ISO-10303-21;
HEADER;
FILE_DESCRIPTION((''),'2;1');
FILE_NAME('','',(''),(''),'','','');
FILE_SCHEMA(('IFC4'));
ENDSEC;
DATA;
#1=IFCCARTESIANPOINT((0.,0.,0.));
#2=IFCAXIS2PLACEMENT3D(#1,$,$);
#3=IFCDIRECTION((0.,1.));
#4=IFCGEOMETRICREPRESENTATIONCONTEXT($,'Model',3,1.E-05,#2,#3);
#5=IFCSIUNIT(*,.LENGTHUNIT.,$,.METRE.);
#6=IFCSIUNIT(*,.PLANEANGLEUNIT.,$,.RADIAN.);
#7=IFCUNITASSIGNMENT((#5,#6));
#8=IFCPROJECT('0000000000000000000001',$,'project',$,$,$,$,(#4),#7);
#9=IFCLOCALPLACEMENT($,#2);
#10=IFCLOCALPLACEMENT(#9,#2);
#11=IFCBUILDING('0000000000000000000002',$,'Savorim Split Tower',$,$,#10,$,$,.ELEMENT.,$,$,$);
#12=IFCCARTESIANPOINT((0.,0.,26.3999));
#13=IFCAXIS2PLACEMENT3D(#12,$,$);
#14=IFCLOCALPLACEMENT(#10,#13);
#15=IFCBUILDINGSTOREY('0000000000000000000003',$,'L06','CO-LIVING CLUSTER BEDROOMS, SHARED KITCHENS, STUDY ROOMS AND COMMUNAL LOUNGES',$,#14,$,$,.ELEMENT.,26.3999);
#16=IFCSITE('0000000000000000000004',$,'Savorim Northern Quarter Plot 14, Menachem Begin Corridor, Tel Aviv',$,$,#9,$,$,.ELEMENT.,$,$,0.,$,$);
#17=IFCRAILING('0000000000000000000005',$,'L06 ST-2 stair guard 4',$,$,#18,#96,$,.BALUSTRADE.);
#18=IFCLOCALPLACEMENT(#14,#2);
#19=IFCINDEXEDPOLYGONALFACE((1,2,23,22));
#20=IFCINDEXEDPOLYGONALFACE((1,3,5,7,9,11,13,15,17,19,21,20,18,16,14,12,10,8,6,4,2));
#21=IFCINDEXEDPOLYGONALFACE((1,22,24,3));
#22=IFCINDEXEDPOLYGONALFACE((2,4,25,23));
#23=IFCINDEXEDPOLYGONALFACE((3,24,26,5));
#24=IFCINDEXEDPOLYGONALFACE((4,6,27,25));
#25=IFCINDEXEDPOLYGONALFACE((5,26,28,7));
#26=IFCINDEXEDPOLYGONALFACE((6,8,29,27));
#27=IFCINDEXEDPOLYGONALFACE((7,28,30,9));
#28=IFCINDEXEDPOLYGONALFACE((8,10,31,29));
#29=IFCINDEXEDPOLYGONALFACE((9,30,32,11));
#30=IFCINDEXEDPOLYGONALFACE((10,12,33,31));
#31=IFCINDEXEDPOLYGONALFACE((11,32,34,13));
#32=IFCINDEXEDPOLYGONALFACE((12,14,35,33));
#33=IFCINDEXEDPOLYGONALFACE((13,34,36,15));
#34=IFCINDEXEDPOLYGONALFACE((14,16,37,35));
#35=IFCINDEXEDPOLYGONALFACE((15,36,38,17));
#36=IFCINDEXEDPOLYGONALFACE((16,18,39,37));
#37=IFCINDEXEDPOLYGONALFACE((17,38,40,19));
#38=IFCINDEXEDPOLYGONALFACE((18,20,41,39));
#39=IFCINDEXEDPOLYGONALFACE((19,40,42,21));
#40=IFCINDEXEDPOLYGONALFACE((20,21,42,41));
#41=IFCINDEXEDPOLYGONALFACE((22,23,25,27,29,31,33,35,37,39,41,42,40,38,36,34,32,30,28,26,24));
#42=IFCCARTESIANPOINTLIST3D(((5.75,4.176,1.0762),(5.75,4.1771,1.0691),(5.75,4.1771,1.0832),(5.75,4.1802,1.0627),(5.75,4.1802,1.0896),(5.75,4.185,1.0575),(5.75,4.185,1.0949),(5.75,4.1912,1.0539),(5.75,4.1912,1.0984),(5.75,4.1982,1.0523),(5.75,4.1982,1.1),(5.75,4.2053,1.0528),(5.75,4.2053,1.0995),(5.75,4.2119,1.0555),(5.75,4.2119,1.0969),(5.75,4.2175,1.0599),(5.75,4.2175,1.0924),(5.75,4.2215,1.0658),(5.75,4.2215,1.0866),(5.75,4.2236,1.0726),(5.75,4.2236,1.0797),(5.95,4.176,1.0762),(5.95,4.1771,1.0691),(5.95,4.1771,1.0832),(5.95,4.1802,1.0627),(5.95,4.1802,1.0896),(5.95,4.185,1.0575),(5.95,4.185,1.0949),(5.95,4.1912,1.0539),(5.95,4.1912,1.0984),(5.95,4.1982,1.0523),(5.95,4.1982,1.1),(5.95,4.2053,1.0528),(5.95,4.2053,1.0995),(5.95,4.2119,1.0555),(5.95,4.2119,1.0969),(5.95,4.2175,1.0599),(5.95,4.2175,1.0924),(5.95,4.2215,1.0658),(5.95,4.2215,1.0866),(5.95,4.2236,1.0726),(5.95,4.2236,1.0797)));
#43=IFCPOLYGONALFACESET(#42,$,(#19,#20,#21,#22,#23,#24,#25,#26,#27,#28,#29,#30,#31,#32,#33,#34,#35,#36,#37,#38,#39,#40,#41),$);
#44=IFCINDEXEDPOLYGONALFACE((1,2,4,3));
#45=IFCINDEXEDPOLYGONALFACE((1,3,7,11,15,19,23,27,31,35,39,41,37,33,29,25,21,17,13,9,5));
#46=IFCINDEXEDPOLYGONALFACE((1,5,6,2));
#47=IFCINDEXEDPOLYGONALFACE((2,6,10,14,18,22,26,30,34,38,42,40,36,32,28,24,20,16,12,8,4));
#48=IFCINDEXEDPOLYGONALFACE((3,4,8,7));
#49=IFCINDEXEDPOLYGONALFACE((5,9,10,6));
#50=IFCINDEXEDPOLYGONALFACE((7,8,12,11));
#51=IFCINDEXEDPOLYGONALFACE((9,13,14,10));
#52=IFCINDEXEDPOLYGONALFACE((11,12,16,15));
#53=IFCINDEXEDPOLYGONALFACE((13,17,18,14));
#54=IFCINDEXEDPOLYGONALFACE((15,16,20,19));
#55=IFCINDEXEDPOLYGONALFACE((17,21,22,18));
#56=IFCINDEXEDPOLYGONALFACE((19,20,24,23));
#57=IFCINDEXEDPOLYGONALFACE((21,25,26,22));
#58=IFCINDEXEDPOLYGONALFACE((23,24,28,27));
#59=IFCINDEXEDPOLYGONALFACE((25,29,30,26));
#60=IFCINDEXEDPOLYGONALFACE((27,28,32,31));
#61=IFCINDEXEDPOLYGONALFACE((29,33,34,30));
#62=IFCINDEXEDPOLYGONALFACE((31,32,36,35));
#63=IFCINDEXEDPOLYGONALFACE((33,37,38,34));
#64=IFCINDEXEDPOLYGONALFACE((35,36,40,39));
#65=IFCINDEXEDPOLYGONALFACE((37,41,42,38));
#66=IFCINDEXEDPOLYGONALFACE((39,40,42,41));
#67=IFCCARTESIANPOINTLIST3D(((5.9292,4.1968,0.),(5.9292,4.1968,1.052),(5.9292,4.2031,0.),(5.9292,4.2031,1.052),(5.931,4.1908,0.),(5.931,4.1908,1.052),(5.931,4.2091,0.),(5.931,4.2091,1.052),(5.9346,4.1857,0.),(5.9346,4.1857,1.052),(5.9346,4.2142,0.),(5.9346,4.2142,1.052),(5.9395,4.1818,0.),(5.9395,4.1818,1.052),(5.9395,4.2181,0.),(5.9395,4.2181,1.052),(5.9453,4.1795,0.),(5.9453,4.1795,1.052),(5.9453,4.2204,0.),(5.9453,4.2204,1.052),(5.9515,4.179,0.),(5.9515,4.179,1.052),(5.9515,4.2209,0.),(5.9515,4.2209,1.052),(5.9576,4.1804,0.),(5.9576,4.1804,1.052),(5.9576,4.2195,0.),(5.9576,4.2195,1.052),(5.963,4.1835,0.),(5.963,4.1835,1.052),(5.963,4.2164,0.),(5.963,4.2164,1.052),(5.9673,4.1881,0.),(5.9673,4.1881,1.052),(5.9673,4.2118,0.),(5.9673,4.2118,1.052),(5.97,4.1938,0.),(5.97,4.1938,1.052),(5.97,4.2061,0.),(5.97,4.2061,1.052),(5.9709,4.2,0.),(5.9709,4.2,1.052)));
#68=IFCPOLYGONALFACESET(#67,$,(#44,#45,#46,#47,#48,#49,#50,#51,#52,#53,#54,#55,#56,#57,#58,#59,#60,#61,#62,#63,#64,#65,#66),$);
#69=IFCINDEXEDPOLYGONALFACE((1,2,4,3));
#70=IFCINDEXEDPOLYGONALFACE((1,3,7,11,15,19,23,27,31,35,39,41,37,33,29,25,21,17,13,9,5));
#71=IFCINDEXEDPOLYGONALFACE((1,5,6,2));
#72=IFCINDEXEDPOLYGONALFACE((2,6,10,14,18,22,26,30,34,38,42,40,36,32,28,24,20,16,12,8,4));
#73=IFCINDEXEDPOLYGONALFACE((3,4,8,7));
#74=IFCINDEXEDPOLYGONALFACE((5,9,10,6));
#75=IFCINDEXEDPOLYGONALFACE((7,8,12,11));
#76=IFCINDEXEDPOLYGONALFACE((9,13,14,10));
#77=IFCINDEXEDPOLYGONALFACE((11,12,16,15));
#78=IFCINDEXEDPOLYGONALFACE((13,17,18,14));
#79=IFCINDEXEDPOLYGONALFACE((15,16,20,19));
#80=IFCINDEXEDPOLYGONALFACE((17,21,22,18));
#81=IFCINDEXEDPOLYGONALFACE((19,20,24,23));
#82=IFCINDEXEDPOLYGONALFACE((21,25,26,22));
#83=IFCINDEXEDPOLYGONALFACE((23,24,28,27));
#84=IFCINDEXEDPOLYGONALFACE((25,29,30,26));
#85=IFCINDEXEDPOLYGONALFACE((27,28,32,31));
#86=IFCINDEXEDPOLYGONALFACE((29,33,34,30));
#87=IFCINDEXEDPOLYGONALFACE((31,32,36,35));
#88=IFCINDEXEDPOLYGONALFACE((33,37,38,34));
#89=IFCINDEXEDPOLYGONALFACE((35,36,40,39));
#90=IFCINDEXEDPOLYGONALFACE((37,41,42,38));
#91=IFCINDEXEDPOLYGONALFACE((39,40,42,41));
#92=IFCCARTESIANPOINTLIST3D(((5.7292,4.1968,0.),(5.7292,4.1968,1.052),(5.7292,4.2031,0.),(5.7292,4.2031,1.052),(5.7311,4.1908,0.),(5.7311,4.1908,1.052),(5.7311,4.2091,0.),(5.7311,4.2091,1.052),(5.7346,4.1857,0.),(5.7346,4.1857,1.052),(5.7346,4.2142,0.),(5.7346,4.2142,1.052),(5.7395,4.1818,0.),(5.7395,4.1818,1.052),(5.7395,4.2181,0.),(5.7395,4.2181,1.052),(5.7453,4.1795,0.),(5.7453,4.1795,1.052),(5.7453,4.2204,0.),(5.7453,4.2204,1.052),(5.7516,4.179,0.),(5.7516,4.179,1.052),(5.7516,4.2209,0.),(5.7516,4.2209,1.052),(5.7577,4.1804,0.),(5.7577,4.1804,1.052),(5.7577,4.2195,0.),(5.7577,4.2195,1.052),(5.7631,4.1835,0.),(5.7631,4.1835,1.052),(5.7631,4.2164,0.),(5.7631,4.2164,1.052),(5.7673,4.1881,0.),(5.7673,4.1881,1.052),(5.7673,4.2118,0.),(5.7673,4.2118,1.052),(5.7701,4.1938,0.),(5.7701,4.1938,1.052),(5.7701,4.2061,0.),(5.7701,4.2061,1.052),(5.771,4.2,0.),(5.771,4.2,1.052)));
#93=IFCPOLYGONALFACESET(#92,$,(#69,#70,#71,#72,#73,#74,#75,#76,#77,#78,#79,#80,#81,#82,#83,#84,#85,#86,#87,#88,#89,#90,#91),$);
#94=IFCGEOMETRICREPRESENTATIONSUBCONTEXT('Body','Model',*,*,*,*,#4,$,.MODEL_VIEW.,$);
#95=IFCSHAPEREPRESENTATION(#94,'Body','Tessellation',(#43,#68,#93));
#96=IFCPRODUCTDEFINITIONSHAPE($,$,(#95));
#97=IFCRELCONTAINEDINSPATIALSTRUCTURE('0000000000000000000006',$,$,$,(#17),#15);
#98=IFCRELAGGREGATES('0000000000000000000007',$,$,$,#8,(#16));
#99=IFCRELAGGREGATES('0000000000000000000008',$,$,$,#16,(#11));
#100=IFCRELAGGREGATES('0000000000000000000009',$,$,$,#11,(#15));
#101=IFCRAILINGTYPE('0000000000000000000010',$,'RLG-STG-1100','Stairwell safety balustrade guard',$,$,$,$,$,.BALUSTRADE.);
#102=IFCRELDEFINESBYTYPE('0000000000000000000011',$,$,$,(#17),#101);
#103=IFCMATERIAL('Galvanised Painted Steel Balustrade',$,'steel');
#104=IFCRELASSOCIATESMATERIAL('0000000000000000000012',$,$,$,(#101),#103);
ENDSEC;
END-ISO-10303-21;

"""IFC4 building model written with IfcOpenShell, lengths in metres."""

from ifc_helpers import new_model, si_unit, direction, frame, origin, origin_2d, place, context, subcontext, project, spatial, circle, extrude, material, type_object, element, save


model = new_model("IFC4")

# Units and contexts
model_context = context("Model", 3, precision=1e-05, world=origin(), true_north=direction((0.0, 1.0)))
body_context = subcontext(model_context, "Body", "Model", "MODEL_VIEW")
ifc_project = project(units=[si_unit("LENGTHUNIT", "METRE"), si_unit("PLANEANGLEUNIT", "RADIAN")], contexts=[model_context])

# Site, building, storey
site_placement = place(None, origin())
site = spatial("IfcSite", under=ifc_project, at=site_placement, Name="Savorim Northern Quarter Plot 14, Menachem Begin Corridor, Tel Aviv", CompositionType="ELEMENT", RefElevation=0.0)
building_placement = place(site_placement, origin())
building = spatial("IfcBuilding", under=site, at=building_placement, Name="Savorim Split Tower", CompositionType="ELEMENT")
storey_placement = place(building_placement, frame((0.0, 0.0, 26.3999)))
storey = spatial("IfcBuildingStorey", under=building, at=storey_placement, Name="L06", Description="CO-LIVING CLUSTER BEDROOMS, SHARED KITCHENS, STUDY ROOMS AND COMMUNAL LOUNGES", CompositionType="ELEMENT", Elevation=26.3999)

# Railing
ifc_material_1 = material(Name="Galvanised Painted Steel Balustrade", Category="steel")
railing_type_1 = type_object("IfcRailingType", Name="RLG-STG-1100", Description="Stairwell safety balustrade guard", PredefinedType="BALUSTRADE", material=ifc_material_1)
railing_1_placement = place(storey_placement, frame((5.95, 4.2, 0.0)))
element("IfcRailing", 1, at=railing_1_placement, inside=storey, type_object=railing_type_1, Name="L06 ST-2 stair guard 4", PredefinedType="BALUSTRADE", context=body_context, shape_type="SweptSolid", body=[
    extrude(circle(Radius=0.0239, at=origin_2d()), frame((0.0, 0.0, 1.0762), z_axis=(-1.0, 0.0, 0.0), x_axis=(0.0, -1.0, 0.0)), (0.0, 0.0, 1.0), 0.2),
    extrude(circle(Radius=0.021, at=origin_2d()), origin(), (0.0, 0.0, 1.0), 1.052),
    extrude(circle(Radius=0.021, at=origin_2d()), frame((-0.2, 0.0, 0.0)), (0.0, 0.0, 1.0), 1.052),
])

save(model, "model.ifc")
